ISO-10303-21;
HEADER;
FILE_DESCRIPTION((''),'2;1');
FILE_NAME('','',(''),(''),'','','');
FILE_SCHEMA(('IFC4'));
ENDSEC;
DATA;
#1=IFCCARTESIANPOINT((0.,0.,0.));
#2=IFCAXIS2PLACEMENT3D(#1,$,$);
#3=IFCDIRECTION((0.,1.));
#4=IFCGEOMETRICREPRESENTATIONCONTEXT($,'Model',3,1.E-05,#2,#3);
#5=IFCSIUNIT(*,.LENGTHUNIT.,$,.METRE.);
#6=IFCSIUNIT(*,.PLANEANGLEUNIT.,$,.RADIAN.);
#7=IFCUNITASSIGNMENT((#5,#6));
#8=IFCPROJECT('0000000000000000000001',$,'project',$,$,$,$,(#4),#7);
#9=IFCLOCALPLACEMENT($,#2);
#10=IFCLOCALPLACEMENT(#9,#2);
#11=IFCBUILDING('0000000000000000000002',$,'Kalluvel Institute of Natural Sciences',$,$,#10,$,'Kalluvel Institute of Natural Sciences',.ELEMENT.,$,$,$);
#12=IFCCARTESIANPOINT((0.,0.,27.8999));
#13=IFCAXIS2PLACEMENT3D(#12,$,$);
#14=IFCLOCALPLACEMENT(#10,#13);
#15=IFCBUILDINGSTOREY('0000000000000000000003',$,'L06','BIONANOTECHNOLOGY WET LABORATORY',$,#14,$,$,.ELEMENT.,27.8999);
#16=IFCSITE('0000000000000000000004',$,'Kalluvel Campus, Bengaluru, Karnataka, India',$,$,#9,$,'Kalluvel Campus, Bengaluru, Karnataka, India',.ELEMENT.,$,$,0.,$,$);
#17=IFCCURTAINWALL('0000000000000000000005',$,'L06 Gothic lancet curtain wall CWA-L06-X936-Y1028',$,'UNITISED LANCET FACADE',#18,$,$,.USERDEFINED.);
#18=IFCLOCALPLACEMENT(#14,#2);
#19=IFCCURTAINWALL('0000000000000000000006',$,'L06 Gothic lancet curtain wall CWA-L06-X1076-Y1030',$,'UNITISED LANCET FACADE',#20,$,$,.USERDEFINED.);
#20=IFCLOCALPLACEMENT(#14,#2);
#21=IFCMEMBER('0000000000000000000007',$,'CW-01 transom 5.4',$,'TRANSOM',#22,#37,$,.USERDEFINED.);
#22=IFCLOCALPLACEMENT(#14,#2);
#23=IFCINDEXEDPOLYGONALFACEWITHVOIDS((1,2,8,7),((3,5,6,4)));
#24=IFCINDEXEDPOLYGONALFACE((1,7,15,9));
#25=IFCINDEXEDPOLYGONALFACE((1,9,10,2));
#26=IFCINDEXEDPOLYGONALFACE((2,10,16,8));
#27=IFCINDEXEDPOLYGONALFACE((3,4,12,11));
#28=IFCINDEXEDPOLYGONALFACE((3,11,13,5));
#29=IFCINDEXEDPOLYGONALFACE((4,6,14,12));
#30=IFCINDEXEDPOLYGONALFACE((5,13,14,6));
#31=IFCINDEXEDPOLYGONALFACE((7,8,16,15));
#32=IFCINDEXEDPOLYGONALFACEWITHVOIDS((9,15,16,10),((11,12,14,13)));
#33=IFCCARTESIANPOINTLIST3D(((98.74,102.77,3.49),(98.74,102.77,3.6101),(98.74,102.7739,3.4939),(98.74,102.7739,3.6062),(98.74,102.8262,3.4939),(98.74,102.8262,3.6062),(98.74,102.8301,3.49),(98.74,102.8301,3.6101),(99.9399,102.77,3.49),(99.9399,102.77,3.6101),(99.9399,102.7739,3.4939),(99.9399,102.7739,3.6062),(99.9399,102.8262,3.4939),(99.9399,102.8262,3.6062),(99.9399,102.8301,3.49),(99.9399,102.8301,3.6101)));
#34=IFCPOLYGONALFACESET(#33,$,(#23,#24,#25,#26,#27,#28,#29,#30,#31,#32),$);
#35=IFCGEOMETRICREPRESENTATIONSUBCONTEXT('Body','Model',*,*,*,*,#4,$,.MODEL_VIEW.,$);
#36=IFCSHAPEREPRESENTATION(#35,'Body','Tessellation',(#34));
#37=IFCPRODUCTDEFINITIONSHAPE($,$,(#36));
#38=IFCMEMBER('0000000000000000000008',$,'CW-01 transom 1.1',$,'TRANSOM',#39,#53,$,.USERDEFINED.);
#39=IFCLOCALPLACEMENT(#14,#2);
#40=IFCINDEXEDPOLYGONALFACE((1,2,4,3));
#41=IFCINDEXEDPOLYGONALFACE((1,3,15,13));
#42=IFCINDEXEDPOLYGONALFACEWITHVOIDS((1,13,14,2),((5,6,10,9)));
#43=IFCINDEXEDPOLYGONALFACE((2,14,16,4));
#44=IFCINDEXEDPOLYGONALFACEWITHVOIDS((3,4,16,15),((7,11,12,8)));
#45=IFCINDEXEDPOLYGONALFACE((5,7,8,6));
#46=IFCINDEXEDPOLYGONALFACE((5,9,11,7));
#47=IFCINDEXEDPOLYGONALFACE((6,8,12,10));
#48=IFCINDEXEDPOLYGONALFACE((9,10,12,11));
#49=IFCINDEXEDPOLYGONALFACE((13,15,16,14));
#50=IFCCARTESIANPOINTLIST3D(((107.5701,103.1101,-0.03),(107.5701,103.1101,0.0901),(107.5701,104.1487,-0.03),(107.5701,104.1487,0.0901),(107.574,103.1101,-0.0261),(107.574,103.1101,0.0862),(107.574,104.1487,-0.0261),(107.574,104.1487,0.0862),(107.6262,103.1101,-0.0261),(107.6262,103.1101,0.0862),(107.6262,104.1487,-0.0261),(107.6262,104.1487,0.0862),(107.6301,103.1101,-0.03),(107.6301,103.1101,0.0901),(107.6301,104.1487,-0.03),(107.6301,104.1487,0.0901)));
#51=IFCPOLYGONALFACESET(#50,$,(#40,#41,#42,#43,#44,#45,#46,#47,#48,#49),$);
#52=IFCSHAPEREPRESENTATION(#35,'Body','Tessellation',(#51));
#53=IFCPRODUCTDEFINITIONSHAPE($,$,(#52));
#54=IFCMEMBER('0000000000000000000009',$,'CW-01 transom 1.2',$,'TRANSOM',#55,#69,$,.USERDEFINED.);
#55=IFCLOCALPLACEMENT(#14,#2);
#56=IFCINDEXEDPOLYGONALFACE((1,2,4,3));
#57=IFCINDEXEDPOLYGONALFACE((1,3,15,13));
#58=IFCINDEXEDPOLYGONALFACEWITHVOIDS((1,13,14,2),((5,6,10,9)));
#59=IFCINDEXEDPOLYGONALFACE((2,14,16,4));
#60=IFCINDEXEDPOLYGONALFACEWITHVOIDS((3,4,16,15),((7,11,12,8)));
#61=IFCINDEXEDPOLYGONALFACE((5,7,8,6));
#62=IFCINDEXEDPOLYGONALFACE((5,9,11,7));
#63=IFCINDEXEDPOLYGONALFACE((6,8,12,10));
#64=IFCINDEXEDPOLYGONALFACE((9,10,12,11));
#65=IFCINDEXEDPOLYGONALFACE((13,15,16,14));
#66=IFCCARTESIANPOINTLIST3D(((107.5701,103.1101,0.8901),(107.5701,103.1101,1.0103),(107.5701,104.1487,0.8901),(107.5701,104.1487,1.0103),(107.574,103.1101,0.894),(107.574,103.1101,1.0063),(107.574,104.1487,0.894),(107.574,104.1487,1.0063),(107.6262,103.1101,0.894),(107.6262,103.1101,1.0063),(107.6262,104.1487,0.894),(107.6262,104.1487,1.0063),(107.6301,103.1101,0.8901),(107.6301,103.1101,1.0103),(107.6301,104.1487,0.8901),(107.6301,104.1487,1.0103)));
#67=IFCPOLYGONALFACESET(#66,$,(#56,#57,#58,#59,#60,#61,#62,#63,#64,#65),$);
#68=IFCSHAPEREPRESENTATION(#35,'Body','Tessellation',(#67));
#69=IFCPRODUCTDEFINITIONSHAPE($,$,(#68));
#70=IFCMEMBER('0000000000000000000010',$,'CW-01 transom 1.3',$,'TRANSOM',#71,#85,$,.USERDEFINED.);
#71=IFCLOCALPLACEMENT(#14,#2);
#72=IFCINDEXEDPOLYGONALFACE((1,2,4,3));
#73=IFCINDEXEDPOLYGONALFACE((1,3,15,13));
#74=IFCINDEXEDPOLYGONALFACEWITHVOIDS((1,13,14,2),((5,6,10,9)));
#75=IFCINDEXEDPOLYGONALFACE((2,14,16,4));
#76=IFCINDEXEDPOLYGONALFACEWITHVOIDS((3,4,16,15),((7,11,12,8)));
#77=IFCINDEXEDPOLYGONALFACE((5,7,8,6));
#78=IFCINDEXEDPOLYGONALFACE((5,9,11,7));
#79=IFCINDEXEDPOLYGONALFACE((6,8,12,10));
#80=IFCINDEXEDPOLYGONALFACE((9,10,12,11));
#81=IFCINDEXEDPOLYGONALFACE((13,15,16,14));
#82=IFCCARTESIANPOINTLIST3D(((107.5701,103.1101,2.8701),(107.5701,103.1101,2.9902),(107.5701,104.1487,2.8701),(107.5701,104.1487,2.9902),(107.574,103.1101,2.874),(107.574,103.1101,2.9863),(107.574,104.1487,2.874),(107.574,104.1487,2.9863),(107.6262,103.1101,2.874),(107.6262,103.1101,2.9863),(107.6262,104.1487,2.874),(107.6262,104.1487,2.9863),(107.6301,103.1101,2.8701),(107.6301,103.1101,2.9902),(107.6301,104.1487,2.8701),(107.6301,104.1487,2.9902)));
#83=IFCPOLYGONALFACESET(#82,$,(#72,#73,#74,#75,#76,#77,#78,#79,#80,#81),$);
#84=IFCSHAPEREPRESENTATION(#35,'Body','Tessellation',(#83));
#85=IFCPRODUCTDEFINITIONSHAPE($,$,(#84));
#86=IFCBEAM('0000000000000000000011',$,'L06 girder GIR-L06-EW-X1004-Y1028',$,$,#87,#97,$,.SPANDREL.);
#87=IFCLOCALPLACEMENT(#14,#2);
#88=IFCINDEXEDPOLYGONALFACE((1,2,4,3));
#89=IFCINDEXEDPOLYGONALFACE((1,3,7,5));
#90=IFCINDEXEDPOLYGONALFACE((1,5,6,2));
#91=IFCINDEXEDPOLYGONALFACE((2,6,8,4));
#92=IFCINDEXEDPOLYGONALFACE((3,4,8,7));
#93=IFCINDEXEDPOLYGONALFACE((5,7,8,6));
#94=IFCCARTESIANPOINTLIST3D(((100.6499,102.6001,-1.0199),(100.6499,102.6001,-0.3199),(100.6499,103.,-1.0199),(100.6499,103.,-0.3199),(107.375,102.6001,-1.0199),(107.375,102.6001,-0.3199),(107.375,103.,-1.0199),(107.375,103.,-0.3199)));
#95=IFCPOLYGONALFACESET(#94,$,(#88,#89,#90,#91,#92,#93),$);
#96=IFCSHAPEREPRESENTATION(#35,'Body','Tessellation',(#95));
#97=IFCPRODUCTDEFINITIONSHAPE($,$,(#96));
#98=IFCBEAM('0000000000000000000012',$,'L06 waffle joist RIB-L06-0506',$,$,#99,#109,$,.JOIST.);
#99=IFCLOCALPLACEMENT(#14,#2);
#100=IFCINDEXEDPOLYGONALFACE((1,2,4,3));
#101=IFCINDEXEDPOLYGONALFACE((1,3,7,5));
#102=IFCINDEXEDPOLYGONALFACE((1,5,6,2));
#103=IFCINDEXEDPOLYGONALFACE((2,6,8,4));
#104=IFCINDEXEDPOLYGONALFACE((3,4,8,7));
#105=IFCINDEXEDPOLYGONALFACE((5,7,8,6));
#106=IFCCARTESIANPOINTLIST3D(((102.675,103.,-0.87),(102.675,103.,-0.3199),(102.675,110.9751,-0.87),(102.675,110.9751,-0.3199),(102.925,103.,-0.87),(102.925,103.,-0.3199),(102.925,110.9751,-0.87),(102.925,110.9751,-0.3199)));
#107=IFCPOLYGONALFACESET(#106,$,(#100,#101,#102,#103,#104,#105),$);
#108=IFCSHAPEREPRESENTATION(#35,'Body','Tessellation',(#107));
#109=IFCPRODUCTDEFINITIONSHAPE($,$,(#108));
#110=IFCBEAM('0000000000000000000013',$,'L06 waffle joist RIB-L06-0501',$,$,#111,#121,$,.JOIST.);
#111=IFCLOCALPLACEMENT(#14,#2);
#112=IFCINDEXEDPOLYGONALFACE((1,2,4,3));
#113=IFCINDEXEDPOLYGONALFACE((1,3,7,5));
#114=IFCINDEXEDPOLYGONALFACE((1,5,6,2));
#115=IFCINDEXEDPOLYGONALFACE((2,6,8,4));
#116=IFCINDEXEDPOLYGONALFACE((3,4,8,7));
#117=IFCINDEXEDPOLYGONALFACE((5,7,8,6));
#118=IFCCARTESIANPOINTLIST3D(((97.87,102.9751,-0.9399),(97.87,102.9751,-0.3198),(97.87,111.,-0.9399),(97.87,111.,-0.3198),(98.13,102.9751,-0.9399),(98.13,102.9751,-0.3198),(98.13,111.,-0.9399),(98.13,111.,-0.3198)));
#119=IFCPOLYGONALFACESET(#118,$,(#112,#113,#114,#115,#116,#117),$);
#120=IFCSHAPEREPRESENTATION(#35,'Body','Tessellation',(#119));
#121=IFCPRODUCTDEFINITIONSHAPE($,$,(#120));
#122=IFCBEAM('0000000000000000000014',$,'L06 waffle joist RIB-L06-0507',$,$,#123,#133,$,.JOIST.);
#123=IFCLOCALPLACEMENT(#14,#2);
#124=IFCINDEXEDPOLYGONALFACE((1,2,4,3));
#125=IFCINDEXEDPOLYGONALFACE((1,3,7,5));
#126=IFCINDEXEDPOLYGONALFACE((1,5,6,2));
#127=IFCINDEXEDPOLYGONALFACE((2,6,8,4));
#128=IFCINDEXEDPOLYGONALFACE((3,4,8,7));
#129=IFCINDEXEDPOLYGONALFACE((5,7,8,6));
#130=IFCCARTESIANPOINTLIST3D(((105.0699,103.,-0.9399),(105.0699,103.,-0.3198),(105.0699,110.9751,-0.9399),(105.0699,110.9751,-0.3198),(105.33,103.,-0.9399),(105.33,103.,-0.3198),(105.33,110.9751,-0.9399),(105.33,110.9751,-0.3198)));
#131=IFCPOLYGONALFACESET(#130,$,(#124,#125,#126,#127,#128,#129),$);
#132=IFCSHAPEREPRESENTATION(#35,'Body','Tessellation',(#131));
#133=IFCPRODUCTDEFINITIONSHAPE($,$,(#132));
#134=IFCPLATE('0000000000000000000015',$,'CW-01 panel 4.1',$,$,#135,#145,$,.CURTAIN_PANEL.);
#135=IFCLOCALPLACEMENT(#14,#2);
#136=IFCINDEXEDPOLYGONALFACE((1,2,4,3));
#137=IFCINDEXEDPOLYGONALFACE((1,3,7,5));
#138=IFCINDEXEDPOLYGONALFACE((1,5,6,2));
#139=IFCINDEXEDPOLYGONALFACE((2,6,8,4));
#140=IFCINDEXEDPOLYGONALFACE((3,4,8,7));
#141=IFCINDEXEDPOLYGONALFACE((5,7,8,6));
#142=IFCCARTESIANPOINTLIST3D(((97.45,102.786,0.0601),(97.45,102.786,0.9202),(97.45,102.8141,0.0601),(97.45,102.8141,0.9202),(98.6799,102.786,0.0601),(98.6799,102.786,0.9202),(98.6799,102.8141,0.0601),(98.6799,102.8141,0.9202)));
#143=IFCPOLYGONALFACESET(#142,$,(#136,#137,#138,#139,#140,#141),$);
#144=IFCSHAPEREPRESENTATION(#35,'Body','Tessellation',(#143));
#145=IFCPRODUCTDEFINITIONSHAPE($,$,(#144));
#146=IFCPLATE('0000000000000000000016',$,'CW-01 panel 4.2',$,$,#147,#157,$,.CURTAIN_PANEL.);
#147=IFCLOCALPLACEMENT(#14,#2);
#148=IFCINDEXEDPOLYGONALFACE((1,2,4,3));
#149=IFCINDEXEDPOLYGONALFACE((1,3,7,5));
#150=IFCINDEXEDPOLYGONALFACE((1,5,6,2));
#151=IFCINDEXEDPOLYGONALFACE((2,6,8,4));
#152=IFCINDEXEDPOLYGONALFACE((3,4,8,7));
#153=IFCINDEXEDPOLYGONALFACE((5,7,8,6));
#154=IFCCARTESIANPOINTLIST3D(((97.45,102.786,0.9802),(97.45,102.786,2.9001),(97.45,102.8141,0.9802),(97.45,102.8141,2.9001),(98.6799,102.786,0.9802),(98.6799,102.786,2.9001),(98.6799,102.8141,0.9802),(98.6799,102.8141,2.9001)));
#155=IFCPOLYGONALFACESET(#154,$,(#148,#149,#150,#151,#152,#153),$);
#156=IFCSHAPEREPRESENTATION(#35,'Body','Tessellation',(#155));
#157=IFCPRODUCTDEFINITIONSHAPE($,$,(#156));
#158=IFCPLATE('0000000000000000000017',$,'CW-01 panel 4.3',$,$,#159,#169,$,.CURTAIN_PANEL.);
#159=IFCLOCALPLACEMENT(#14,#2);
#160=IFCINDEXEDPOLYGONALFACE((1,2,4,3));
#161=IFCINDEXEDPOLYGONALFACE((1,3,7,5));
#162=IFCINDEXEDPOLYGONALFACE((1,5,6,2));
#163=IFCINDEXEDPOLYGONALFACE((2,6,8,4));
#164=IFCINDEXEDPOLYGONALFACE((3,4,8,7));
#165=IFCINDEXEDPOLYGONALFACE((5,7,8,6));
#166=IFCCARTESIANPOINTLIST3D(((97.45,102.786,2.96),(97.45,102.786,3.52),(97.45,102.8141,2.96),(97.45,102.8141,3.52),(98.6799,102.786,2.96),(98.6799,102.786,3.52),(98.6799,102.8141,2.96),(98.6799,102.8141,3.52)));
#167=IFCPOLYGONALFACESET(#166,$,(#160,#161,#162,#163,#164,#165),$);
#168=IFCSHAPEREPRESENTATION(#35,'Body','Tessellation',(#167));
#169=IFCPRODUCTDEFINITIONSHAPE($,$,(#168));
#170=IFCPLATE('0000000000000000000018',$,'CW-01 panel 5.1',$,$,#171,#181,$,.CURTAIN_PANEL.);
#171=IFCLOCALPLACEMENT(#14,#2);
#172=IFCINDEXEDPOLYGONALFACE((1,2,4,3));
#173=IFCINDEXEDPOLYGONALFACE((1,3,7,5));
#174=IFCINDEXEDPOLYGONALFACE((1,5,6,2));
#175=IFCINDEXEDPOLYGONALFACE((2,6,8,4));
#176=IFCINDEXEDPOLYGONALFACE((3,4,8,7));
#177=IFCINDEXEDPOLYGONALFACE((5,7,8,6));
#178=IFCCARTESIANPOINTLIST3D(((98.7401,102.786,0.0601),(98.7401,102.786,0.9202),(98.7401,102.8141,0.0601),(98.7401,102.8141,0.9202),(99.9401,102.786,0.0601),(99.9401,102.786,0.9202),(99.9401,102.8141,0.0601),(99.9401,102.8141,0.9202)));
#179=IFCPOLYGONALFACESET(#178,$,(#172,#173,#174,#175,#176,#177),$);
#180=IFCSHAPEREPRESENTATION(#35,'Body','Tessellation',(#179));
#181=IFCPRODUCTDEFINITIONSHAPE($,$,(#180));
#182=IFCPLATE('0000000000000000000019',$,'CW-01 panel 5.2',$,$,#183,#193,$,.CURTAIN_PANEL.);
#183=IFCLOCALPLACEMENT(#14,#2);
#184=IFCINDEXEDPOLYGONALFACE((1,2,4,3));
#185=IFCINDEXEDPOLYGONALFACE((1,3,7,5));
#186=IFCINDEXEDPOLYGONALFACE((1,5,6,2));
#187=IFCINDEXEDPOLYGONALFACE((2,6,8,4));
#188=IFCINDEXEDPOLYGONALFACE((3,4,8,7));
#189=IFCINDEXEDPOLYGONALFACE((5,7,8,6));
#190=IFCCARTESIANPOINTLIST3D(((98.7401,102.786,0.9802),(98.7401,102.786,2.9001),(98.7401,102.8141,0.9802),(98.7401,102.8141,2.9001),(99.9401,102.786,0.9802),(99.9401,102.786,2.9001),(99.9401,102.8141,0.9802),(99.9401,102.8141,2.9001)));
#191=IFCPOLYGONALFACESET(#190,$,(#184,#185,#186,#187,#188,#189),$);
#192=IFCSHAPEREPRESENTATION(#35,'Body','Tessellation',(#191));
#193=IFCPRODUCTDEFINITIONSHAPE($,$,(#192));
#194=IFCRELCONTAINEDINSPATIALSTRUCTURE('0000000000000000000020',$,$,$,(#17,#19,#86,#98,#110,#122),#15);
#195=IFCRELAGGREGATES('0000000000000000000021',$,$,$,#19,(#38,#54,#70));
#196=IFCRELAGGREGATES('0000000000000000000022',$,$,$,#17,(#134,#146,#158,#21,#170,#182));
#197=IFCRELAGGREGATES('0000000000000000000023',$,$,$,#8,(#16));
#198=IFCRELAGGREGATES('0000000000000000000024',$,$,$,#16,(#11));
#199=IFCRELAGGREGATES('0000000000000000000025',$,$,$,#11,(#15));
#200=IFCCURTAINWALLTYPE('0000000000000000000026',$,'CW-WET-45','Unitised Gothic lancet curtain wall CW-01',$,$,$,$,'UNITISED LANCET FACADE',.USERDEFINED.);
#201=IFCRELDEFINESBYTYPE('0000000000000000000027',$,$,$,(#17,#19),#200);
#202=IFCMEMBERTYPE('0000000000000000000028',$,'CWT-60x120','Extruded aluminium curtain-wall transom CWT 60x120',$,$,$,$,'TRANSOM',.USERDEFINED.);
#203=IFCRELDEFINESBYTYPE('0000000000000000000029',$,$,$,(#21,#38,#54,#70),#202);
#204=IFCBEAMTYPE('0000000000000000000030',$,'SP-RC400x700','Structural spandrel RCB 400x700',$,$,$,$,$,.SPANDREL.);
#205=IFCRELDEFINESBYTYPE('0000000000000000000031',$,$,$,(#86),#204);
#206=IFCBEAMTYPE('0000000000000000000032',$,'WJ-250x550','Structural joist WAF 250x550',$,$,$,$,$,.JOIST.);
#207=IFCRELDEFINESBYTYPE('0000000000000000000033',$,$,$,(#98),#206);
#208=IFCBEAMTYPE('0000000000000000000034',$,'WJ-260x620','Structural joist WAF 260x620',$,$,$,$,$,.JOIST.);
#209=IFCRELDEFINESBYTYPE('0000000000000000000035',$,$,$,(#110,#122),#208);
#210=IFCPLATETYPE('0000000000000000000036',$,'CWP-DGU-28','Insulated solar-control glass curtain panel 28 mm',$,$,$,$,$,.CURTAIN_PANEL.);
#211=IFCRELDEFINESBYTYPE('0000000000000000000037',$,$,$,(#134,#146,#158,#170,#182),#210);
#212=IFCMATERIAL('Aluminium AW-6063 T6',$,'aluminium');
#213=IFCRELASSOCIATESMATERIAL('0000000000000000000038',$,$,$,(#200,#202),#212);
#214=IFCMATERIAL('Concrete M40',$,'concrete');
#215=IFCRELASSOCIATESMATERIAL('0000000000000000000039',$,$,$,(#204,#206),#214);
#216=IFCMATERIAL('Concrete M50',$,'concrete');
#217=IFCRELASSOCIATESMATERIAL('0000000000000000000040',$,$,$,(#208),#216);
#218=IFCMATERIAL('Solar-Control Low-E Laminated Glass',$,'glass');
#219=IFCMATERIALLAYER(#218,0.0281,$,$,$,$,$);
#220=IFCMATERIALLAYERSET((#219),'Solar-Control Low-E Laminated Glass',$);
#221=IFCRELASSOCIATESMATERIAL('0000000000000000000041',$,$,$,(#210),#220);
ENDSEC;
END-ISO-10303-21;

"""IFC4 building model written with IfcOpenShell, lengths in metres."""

from ifc_helpers import new_model, si_unit, direction, frame, origin, origin_2d, place, context, subcontext, project, spatial, rectangle, hollow_rectangle, extrude, material, layer, layer_set, material_profile, profile_set, type_object, element, aggregate, save


model = new_model("IFC4")

# Units and contexts
model_context = context("Model", 3, precision=1e-05, world=origin(), true_north=direction((0.0, 1.0)))
body_context = subcontext(model_context, "Body", "Model", "MODEL_VIEW")
ifc_project = project(units=[si_unit("LENGTHUNIT", "METRE"), si_unit("PLANEANGLEUNIT", "RADIAN")], contexts=[model_context])

# Site, building, storey
site_placement = place(None, origin())
site = spatial("IfcSite", under=ifc_project, at=site_placement, Name="Kalluvel Campus, Bengaluru, Karnataka, India", LongName="Kalluvel Campus, Bengaluru, Karnataka, India", CompositionType="ELEMENT", RefElevation=0.0)
building_placement = place(site_placement, origin())
building = spatial("IfcBuilding", under=site, at=building_placement, Name="Kalluvel Institute of Natural Sciences", LongName="Kalluvel Institute of Natural Sciences", CompositionType="ELEMENT")
storey_placement = place(building_placement, frame((0.0, 0.0, 27.8999)))
storey = spatial("IfcBuildingStorey", under=building, at=storey_placement, Name="L06", Description="BIONANOTECHNOLOGY WET LABORATORY", CompositionType="ELEMENT", Elevation=27.8999)

# Shared definitions
ifc_material_1 = material(Name="Concrete M50", Category="concrete")

# Curtain wall
ifc_material_2 = material(Name="Aluminium AW-6063 T6", Category="aluminium")
curtain_wall_type = type_object("IfcCurtainWallType", Name="CW-WET-45", Description="Unitised Gothic lancet curtain wall CW-01", ElementType="UNITISED LANCET FACADE", PredefinedType="USERDEFINED", material=ifc_material_2)
curtain_wall_1_placement = place(storey_placement, origin())
curtain_wall_1 = element("IfcCurtainWall", 1, at=curtain_wall_1_placement, inside=storey, type_object=curtain_wall_type, Name="L06 Gothic lancet curtain wall CWA-L06-X936-Y1028", ObjectType="UNITISED LANCET FACADE", PredefinedType="USERDEFINED")

# Curtain wall
curtain_wall_2_placement = place(storey_placement, origin())
curtain_wall_2 = element("IfcCurtainWall", 2, at=curtain_wall_2_placement, inside=storey, type_object=curtain_wall_type, Name="L06 Gothic lancet curtain wall CWA-L06-X1076-Y1030", ObjectType="UNITISED LANCET FACADE", PredefinedType="USERDEFINED")

# Members
ifc_material_profile_1 = material_profile(ifc_material_2, hollow_rectangle(XDim=0.0601, YDim=0.1201, WallThickness=0.0039, at=origin_2d()), Name="CWT 60x120")
ifc_profile_set_1 = profile_set([ifc_material_profile_1], Name="Aluminium AW-6063 T6")
member_type_1 = type_object("IfcMemberType", Name="CWT-60x120", Description="Extruded aluminium curtain-wall transom CWT 60x120", ElementType="TRANSOM", PredefinedType="USERDEFINED", material=ifc_profile_set_1)
member_1_placement = place(storey_placement, frame((98.74, 102.8, 3.55), z_axis=(1.0, 0.0, 0.0), x_axis=(0.0, 1.0, 0.0)))
member_1 = element("IfcMember", 3, at=member_1_placement, type_object=member_type_1, Name="CW-01 transom 5.4", ObjectType="TRANSOM", PredefinedType="USERDEFINED", context=body_context, shape_type="SweptSolid", body=[
    extrude(hollow_rectangle(XDim=0.0601, YDim=0.1201, WallThickness=0.0039, at=origin_2d()), origin(), (0.0, 0.0, 1.0), 1.2),
])
member_2_placement = place(storey_placement, frame((107.6001, 103.1101, 0.03), z_axis=(0.0, 1.0, 0.0), x_axis=(-1.0, 0.0, 0.0)))
member_2 = element("IfcMember", 4, at=member_2_placement, type_object=member_type_1, Name="CW-01 transom 1.1", ObjectType="TRANSOM", PredefinedType="USERDEFINED", context=body_context, shape_type="SweptSolid", body=[
    extrude(hollow_rectangle(XDim=0.0601, YDim=0.1201, WallThickness=0.0039, at=origin_2d()), origin(), (0.0, 0.0, 1.0), 1.0386),
])
member_3_placement = place(storey_placement, frame((107.6001, 103.1101, 0.9502), z_axis=(0.0, 1.0, 0.0), x_axis=(-1.0, 0.0, 0.0)))
member_3 = element("IfcMember", 5, at=member_3_placement, type_object=member_type_1, Name="CW-01 transom 1.2", ObjectType="TRANSOM", PredefinedType="USERDEFINED", context=body_context, shape_type="SweptSolid", body=[
    extrude(hollow_rectangle(XDim=0.0601, YDim=0.1201, WallThickness=0.0039, at=origin_2d()), origin(), (0.0, 0.0, 1.0), 1.0386),
])
member_4_placement = place(storey_placement, frame((107.6001, 103.1101, 2.9302), z_axis=(0.0, 1.0, 0.0), x_axis=(-1.0, 0.0, 0.0)))
member_4 = element("IfcMember", 6, at=member_4_placement, type_object=member_type_1, Name="CW-01 transom 1.3", ObjectType="TRANSOM", PredefinedType="USERDEFINED", context=body_context, shape_type="SweptSolid", body=[
    extrude(hollow_rectangle(XDim=0.0601, YDim=0.1201, WallThickness=0.0039, at=origin_2d()), origin(), (0.0, 0.0, 1.0), 1.0386),
])
aggregate(curtain_wall_2, [member_2, member_3, member_4])

# Beams
ifc_material_3 = material(Name="Concrete M40", Category="concrete")
ifc_material_profile_2 = material_profile(ifc_material_3, rectangle(XDim=0.3999, YDim=0.7, at=origin_2d()), Name="RCB 400x700")
ifc_profile_set_2 = profile_set([ifc_material_profile_2], Name="Concrete M40")
beam_type_1 = type_object("IfcBeamType", Name="SP-RC400x700", Description="Structural spandrel RCB 400x700", PredefinedType="SPANDREL", material=ifc_profile_set_2)
beam_1_placement = place(storey_placement, frame((100.6499, 102.8, -0.6699), z_axis=(1.0, 0.0, 0.0), x_axis=(0.0, 1.0, 0.0)))
element("IfcBeam", 7, at=beam_1_placement, inside=storey, type_object=beam_type_1, Name="L06 girder GIR-L06-EW-X1004-Y1028", PredefinedType="SPANDREL", context=body_context, shape_type="SweptSolid", body=[
    extrude(rectangle(XDim=0.3999, YDim=0.7, at=origin_2d()), origin(), (0.0, 0.0, 1.0), 6.7251),
])
ifc_material_profile_3 = material_profile(ifc_material_3, rectangle(XDim=0.25, YDim=0.55, at=origin_2d()), Name="WAF 250x550")
ifc_profile_set_3 = profile_set([ifc_material_profile_3], Name="Concrete M40")
beam_type_2 = type_object("IfcBeamType", Name="WJ-250x550", Description="Structural joist WAF 250x550", PredefinedType="JOIST", material=ifc_profile_set_3)
beam_2_placement = place(storey_placement, frame((102.8, 103.0, -0.595), z_axis=(0.0, 1.0, 0.0), x_axis=(-1.0, 0.0, 0.0)))
element("IfcBeam", 8, at=beam_2_placement, inside=storey, type_object=beam_type_2, Name="L06 waffle joist RIB-L06-0506", PredefinedType="JOIST", context=body_context, shape_type="SweptSolid", body=[
    extrude(rectangle(XDim=0.25, YDim=0.55, at=origin_2d()), origin(), (0.0, 0.0, 1.0), 7.9751),
])
ifc_material_profile_4 = material_profile(ifc_material_1, rectangle(XDim=0.26, YDim=0.6201, at=origin_2d()), Name="WAF 260x620")
ifc_profile_set_4 = profile_set([ifc_material_profile_4], Name="Concrete M50")
beam_type_3 = type_object("IfcBeamType", Name="WJ-260x620", Description="Structural joist WAF 260x620", PredefinedType="JOIST", material=ifc_profile_set_4)
beam_3_placement = place(storey_placement, frame((98.0, 102.9751, -0.6299), z_axis=(0.0, 1.0, 0.0), x_axis=(-1.0, 0.0, 0.0)))
element("IfcBeam", 9, at=beam_3_placement, inside=storey, type_object=beam_type_3, Name="L06 waffle joist RIB-L06-0501", PredefinedType="JOIST", context=body_context, shape_type="SweptSolid", body=[
    extrude(rectangle(XDim=0.26, YDim=0.6201, at=origin_2d()), origin(), (0.0, 0.0, 1.0), 8.0249),
])
beam_4_placement = place(storey_placement, frame((105.2, 103.0, -0.6299), z_axis=(0.0, 1.0, 0.0), x_axis=(-1.0, 0.0, 0.0)))
element("IfcBeam", 10, at=beam_4_placement, inside=storey, type_object=beam_type_3, Name="L06 waffle joist RIB-L06-0507", PredefinedType="JOIST", context=body_context, shape_type="SweptSolid", body=[
    extrude(rectangle(XDim=0.26, YDim=0.6201, at=origin_2d()), origin(), (0.0, 0.0, 1.0), 7.9751),
])

# Plates
ifc_material_4 = material(Name="Solar-Control Low-E Laminated Glass", Category="glass")
ifc_layer_1 = layer(ifc_material_4, 0.0281)
ifc_layer_set_1 = layer_set([ifc_layer_1], Name="Solar-Control Low-E Laminated Glass")
plate_type = type_object("IfcPlateType", Name="CWP-DGU-28", Description="Insulated solar-control glass curtain panel 28 mm", PredefinedType="CURTAIN_PANEL", material=ifc_layer_set_1)
plate_1_placement = place(storey_placement, frame((98.0649, 102.8, 0.0601), z_axis=(0.0, 0.0, 1.0), x_axis=(1.0, 0.0, 0.0)))
plate_1 = element("IfcPlate", 11, at=plate_1_placement, type_object=plate_type, Name="CW-01 panel 4.1", PredefinedType="CURTAIN_PANEL", context=body_context, shape_type="SweptSolid", body=[
    extrude(rectangle(XDim=1.23, YDim=0.0281, at=origin_2d()), origin(), (0.0, 0.0, 1.0), 0.8601),
])
plate_2_placement = place(storey_placement, frame((98.0649, 102.8, 0.9802), z_axis=(0.0, 0.0, 1.0), x_axis=(1.0, 0.0, 0.0)))
plate_2 = element("IfcPlate", 12, at=plate_2_placement, type_object=plate_type, Name="CW-01 panel 4.2", PredefinedType="CURTAIN_PANEL", context=body_context, shape_type="SweptSolid", body=[
    extrude(rectangle(XDim=1.23, YDim=0.0281, at=origin_2d()), origin(), (0.0, 0.0, 1.0), 1.9199),
])
plate_3_placement = place(storey_placement, frame((98.0649, 102.8, 2.96), z_axis=(0.0, 0.0, 1.0), x_axis=(1.0, 0.0, 0.0)))
plate_3 = element("IfcPlate", 13, at=plate_3_placement, type_object=plate_type, Name="CW-01 panel 4.3", PredefinedType="CURTAIN_PANEL", context=body_context, shape_type="SweptSolid", body=[
    extrude(rectangle(XDim=1.23, YDim=0.0281, at=origin_2d()), origin(), (0.0, 0.0, 1.0), 0.5601),
])
plate_4_placement = place(storey_placement, frame((99.3401, 102.8, 0.0601), z_axis=(0.0, 0.0, 1.0), x_axis=(1.0, 0.0, 0.0)))
plate_4 = element("IfcPlate", 14, at=plate_4_placement, type_object=plate_type, Name="CW-01 panel 5.1", PredefinedType="CURTAIN_PANEL", context=body_context, shape_type="SweptSolid", body=[
    extrude(rectangle(XDim=1.2, YDim=0.0281, at=origin_2d()), origin(), (0.0, 0.0, 1.0), 0.8601),
])
plate_5_placement = place(storey_placement, frame((99.3401, 102.8, 0.9802), z_axis=(0.0, 0.0, 1.0), x_axis=(1.0, 0.0, 0.0)))
plate_5 = element("IfcPlate", 15, at=plate_5_placement, type_object=plate_type, Name="CW-01 panel 5.2", PredefinedType="CURTAIN_PANEL", context=body_context, shape_type="SweptSolid", body=[
    extrude(rectangle(XDim=1.2, YDim=0.0281, at=origin_2d()), origin(), (0.0, 0.0, 1.0), 1.9199),
])
aggregate(curtain_wall_1, [plate_1, plate_2, plate_3, member_1, plate_4, plate_5])

save(model, "model.ifc")
